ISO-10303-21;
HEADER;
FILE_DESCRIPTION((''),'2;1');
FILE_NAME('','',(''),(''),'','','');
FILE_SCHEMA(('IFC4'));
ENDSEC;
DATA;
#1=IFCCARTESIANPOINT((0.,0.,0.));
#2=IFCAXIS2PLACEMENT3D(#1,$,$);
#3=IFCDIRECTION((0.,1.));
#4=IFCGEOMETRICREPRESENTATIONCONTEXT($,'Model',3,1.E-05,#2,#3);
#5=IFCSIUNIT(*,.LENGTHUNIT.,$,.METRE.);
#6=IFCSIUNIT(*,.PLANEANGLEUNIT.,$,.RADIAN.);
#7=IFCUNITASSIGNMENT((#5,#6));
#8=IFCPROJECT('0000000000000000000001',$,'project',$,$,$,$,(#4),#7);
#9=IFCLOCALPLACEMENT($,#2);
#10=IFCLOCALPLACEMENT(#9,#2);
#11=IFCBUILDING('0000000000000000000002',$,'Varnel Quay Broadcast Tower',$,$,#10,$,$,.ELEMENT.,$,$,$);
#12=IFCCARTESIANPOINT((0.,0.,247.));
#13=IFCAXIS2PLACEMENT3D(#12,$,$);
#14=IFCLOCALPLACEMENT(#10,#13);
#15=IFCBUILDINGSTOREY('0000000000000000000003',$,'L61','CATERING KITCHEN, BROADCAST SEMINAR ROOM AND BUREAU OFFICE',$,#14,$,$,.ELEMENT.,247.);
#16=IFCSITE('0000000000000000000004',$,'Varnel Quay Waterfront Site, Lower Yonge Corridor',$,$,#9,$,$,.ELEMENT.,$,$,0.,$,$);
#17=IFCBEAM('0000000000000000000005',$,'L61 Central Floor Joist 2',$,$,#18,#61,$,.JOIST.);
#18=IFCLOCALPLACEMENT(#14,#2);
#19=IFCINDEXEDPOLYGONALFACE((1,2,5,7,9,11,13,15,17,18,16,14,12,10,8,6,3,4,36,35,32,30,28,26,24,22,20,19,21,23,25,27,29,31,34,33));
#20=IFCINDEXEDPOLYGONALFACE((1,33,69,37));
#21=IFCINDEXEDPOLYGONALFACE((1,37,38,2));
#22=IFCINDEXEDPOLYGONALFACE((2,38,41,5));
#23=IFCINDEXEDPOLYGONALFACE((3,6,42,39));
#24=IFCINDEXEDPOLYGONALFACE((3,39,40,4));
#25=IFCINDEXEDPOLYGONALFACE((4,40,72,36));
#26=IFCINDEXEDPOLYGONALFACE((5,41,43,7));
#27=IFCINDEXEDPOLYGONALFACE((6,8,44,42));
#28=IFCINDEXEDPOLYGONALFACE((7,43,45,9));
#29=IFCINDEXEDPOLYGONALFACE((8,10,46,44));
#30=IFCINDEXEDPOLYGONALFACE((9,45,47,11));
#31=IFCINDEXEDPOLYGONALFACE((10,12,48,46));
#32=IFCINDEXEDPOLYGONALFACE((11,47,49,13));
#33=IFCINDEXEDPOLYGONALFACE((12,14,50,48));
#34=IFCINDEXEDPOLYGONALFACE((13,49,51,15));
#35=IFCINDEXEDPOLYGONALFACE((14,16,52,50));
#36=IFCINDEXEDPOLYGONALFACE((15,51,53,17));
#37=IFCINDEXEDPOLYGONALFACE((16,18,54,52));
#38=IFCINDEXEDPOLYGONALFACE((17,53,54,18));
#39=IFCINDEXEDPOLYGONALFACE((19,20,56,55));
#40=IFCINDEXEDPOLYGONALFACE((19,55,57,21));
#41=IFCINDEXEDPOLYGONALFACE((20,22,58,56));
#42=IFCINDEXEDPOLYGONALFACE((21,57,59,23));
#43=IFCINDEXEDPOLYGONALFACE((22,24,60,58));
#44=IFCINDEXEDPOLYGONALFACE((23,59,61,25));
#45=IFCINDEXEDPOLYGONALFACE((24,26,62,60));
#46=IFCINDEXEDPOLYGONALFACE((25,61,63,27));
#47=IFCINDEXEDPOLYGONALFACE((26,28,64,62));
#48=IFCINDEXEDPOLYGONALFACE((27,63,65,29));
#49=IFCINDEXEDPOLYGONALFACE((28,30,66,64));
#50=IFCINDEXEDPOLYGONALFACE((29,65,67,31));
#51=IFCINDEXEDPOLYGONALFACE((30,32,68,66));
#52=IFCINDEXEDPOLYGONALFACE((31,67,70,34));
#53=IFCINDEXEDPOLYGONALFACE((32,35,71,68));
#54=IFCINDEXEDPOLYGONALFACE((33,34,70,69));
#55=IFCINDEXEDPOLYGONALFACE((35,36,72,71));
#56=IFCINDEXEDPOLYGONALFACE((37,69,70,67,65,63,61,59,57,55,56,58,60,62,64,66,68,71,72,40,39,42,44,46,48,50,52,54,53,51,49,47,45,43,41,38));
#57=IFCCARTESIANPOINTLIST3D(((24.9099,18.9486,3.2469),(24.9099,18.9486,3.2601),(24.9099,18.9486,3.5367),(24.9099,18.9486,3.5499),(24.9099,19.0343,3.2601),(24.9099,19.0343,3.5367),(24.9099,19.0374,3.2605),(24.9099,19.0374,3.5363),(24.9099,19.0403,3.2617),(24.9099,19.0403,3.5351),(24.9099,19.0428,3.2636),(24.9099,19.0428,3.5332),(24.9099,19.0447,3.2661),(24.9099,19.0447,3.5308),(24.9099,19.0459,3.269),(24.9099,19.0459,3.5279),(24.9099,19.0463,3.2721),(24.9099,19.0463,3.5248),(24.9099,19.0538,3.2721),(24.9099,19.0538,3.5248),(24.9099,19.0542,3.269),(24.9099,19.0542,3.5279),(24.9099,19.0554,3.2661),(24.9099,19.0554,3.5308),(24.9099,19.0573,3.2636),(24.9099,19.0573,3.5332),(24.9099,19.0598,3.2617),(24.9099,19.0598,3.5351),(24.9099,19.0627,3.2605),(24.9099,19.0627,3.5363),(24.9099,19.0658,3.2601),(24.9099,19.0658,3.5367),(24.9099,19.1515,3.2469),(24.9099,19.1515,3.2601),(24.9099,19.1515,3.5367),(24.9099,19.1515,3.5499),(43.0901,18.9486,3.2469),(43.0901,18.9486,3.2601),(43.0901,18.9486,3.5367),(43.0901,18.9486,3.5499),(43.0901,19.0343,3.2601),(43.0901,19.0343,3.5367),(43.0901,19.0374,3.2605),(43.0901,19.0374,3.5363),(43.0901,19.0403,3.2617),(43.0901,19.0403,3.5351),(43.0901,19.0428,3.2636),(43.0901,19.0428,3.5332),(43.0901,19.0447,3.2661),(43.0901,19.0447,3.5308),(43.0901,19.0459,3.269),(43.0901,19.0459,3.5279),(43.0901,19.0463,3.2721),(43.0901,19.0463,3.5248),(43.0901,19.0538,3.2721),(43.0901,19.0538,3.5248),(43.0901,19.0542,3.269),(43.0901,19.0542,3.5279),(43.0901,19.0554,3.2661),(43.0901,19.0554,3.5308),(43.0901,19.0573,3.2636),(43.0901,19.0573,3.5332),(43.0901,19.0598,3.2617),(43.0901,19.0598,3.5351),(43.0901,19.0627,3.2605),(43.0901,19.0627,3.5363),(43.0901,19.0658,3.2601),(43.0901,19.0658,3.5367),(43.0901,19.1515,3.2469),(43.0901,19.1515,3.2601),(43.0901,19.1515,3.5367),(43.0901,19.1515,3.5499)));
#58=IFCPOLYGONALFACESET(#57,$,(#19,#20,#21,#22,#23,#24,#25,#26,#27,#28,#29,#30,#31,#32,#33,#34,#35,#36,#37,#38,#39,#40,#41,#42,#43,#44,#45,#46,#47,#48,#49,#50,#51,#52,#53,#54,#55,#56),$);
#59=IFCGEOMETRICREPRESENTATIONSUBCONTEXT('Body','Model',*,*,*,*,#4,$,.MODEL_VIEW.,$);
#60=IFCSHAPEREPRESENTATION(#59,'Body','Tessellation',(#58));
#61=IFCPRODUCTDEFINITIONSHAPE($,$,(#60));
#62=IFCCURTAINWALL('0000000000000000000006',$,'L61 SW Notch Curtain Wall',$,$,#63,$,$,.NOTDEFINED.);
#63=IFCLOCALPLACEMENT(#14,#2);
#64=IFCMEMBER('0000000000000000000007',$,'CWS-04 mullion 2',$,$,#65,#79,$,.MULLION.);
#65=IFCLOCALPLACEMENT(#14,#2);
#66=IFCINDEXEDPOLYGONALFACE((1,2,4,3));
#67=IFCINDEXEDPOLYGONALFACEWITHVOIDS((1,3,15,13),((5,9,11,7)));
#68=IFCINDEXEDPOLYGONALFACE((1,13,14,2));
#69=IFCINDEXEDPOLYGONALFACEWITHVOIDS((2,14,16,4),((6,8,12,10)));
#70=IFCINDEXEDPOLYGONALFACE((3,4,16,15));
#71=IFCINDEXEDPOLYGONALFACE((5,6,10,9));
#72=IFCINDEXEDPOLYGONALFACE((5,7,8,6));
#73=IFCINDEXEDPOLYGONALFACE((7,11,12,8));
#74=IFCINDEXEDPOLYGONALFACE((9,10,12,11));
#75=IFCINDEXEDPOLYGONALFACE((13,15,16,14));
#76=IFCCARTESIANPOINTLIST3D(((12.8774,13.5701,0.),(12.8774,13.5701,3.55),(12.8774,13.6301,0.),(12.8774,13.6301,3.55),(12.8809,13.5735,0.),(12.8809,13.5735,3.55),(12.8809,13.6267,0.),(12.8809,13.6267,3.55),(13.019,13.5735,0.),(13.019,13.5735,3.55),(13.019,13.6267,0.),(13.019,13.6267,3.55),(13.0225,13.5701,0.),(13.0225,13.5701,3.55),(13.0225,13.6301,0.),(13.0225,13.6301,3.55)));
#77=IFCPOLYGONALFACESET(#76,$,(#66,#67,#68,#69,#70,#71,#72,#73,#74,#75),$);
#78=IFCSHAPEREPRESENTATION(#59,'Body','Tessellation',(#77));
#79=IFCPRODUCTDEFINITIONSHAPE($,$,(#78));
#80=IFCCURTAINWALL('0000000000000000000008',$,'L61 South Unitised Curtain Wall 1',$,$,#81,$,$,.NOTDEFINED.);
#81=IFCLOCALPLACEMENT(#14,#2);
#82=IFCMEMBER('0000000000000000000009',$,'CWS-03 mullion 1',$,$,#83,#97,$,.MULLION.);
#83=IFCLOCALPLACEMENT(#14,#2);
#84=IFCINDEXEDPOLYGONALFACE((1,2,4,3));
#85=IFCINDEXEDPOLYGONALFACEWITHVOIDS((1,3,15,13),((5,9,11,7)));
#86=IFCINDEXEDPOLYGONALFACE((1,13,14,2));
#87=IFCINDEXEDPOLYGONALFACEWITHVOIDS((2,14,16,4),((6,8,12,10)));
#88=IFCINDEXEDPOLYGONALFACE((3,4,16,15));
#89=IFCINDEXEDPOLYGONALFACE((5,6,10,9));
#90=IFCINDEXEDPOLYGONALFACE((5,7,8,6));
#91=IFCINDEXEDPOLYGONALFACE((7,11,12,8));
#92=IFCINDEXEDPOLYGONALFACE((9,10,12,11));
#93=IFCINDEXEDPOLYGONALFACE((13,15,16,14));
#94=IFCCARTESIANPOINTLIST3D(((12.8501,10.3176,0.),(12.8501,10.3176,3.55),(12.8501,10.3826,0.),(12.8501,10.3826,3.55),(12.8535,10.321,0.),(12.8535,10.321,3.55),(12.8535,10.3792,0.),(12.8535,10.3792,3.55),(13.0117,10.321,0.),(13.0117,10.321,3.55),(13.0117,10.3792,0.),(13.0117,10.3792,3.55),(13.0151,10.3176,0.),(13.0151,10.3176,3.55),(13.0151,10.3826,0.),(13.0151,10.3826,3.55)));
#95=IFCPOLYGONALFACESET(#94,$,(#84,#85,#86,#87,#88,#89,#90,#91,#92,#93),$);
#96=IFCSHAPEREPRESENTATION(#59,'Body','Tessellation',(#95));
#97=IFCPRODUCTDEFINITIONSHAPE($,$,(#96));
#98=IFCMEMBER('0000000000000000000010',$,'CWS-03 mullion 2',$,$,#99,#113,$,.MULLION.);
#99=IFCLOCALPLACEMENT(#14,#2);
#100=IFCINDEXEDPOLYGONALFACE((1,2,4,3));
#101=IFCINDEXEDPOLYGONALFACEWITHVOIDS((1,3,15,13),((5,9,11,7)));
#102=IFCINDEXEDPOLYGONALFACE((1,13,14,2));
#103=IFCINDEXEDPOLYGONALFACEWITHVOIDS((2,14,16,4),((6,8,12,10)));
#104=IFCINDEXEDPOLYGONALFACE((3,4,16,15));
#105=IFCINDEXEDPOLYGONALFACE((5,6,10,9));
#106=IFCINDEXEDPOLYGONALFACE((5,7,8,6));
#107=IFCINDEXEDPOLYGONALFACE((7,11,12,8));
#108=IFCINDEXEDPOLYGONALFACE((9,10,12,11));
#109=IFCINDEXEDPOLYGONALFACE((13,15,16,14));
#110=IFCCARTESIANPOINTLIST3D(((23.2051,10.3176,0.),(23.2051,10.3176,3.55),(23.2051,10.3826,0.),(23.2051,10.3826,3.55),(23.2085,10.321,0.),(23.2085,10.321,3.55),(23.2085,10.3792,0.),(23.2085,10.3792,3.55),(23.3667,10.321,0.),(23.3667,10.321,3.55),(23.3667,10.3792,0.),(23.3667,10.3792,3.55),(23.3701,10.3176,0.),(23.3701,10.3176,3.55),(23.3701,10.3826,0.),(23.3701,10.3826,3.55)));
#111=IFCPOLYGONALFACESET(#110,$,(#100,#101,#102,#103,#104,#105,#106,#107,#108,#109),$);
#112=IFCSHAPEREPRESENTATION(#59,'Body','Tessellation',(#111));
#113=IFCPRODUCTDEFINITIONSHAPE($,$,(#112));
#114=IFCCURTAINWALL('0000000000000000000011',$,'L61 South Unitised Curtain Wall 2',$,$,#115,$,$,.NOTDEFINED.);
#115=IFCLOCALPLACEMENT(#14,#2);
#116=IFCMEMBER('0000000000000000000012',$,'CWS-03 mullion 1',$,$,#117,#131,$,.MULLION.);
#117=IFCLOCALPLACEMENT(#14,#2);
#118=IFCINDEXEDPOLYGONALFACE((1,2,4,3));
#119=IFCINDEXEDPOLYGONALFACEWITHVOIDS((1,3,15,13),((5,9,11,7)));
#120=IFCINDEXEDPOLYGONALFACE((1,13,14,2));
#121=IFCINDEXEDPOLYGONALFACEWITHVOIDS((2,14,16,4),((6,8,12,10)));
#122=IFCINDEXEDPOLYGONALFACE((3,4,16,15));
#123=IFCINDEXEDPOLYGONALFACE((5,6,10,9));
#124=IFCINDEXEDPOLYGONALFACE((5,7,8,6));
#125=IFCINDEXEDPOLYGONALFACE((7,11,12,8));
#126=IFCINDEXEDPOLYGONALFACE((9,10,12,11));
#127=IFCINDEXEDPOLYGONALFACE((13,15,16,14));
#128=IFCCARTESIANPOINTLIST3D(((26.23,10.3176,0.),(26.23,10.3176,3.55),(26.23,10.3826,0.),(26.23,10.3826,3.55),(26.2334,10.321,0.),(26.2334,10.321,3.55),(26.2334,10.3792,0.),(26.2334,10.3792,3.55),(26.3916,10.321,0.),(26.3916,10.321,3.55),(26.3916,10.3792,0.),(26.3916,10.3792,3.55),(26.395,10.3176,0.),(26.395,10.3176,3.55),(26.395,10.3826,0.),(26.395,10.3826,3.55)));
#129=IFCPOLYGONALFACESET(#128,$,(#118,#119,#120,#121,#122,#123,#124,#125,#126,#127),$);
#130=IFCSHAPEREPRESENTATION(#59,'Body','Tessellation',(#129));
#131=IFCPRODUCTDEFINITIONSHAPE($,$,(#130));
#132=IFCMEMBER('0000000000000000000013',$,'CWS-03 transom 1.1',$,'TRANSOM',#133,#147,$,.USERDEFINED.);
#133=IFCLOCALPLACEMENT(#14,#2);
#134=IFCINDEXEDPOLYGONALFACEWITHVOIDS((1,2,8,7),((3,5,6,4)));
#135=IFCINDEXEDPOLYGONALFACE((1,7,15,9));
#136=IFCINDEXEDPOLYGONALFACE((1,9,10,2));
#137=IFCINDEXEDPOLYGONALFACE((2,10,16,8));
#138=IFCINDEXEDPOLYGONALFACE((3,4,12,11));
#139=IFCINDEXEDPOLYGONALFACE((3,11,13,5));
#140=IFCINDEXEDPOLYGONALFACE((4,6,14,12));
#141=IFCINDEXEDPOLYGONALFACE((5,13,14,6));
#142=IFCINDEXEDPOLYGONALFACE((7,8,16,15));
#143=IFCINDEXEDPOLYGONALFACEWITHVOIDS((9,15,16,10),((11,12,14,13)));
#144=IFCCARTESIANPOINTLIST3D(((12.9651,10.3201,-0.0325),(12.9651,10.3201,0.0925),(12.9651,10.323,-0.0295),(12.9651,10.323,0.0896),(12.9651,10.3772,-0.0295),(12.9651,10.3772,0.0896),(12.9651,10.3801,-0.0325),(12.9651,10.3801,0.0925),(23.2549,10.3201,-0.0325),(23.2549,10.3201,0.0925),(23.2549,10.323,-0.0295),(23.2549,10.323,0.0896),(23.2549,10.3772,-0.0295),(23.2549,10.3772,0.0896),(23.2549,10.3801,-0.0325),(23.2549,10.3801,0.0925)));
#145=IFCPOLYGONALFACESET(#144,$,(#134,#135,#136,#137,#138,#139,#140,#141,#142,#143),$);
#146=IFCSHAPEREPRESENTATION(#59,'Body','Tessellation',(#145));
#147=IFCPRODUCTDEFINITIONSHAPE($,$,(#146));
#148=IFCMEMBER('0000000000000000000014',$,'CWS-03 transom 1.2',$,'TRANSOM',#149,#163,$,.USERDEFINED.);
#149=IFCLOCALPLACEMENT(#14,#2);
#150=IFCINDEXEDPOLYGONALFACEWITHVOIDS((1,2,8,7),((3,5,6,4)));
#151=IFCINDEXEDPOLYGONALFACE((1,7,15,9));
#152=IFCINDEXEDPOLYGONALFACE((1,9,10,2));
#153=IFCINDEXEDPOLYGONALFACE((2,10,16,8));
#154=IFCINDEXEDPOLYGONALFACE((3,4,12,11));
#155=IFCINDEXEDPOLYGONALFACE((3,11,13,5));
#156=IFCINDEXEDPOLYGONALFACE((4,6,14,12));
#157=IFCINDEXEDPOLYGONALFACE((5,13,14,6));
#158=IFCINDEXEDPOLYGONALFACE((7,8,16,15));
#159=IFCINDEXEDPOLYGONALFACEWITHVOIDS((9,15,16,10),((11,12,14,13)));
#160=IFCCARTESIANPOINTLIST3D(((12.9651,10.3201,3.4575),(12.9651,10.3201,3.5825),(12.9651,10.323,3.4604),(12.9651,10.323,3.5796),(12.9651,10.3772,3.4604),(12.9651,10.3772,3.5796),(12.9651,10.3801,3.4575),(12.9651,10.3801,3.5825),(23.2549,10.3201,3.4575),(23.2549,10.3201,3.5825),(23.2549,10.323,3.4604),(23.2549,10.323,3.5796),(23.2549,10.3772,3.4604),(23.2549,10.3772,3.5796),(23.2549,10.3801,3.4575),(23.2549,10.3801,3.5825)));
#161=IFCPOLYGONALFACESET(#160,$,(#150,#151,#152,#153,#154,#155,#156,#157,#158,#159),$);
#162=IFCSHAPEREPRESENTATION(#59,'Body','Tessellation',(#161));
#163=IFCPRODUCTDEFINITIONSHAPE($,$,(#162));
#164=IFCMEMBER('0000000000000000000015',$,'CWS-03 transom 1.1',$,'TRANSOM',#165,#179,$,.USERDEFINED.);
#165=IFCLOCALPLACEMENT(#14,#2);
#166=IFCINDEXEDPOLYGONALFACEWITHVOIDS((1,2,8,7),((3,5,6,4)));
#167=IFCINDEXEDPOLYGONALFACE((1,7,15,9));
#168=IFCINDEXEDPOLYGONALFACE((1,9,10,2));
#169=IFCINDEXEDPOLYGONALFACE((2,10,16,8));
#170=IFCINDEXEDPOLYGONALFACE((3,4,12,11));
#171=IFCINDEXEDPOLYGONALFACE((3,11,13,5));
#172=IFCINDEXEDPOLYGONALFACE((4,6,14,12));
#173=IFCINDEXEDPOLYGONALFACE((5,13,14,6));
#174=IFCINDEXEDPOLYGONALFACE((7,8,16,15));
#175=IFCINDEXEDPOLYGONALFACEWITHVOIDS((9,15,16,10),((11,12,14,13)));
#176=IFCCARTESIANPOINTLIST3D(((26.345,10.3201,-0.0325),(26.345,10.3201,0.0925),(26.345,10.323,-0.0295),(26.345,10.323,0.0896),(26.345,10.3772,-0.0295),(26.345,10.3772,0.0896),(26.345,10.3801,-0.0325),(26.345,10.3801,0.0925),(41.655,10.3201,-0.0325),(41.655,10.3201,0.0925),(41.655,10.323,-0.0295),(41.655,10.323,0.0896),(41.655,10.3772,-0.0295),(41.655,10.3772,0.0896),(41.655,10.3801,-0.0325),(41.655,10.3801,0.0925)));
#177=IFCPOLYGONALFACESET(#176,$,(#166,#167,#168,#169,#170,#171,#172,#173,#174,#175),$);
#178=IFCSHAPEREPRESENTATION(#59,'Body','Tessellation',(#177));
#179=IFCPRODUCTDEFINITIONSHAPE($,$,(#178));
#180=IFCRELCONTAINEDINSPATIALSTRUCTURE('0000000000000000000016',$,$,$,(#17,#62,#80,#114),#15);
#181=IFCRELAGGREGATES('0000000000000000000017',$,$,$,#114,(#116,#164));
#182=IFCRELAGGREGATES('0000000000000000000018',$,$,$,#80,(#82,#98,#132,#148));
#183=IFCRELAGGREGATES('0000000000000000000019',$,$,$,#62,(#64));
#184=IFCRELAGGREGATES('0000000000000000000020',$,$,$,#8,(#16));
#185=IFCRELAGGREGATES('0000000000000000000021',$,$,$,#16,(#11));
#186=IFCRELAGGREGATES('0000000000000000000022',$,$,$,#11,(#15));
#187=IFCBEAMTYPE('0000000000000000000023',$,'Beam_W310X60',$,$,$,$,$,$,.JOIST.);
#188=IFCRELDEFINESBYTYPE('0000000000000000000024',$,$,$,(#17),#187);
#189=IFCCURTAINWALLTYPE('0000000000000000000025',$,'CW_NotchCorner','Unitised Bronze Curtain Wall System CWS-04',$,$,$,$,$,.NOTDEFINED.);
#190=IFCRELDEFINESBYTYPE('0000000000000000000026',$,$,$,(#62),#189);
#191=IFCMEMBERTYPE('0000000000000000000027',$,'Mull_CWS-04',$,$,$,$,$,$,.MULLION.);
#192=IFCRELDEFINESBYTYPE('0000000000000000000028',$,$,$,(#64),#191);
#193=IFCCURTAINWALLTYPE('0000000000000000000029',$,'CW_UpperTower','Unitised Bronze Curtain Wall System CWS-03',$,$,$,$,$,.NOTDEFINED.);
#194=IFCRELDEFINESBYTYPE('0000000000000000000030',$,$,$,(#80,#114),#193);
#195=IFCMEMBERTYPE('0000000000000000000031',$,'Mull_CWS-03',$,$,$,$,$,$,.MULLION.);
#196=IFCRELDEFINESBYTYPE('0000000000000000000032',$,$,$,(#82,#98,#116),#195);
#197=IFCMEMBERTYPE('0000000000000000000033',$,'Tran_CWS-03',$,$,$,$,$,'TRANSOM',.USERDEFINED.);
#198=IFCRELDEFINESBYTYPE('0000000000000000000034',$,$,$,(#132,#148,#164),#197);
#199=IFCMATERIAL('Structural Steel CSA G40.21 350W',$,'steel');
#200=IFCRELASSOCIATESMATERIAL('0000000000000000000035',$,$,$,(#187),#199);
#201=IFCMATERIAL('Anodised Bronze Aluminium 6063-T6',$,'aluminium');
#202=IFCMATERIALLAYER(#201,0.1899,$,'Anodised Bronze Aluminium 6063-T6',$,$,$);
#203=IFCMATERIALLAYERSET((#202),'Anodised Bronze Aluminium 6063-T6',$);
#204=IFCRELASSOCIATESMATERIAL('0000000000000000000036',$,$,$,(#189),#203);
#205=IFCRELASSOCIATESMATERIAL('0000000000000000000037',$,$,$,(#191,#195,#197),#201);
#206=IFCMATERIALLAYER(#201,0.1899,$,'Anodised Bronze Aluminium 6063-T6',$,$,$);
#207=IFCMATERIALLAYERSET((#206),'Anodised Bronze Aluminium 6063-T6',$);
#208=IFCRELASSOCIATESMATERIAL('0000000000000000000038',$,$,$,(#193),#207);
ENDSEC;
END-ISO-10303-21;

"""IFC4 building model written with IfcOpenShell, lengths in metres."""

from ifc_helpers import new_model, si_unit, direction, frame, origin, origin_2d, place, context, subcontext, project, spatial, hollow_rectangle, i_section, extrude, source, transform, mapped, material, layer, layer_set, material_profile, profile_set, type_object, type_shapes, element, aggregate, save


model = new_model("IFC4")

# Units and contexts
model_context = context("Model", 3, precision=1e-05, world=origin(), true_north=direction((0.0, 1.0)))
body_context = subcontext(model_context, "Body", "Model", "MODEL_VIEW")
ifc_project = project(units=[si_unit("LENGTHUNIT", "METRE"), si_unit("PLANEANGLEUNIT", "RADIAN")], contexts=[model_context])

# Site, building, storey
site_placement = place(None, origin())
site = spatial("IfcSite", under=ifc_project, at=site_placement, Name="Varnel Quay Waterfront Site, Lower Yonge Corridor", CompositionType="ELEMENT", RefElevation=0.0)
building_placement = place(site_placement, origin())
building = spatial("IfcBuilding", under=site, at=building_placement, Name="Varnel Quay Broadcast Tower", CompositionType="ELEMENT")
storey_placement = place(building_placement, frame((0.0, 0.0, 247.0)))
storey = spatial("IfcBuildingStorey", under=building, at=storey_placement, Name="L61", Description="CATERING KITCHEN, BROADCAST SEMINAR ROOM AND BUREAU OFFICE", CompositionType="ELEMENT", Elevation=247.0)

# Shared definitions
ifc_material_1 = material(Name="Structural Steel CSA G40.21 350W", Category="steel")

# Beam
ifc_material_profile_1 = material_profile(ifc_material_1, i_section(OverallWidth=0.2029, OverallDepth=0.303, WebThickness=0.0076, FlangeThickness=0.0132, FilletRadius=0.012, at=origin_2d()), Name="W310X60")
ifc_profile_set_1 = profile_set([ifc_material_profile_1], Name="Structural Steel CSA G40.21 350W")
beam_type_1 = type_object("IfcBeamType", Name="Beam_W310X60", PredefinedType="JOIST", material=ifc_profile_set_1)
shared_shape_1 = source(origin(), body_context, "Body", "SweptSolid", [
    extrude(i_section(OverallWidth=0.2029, OverallDepth=0.303, WebThickness=0.0076, FlangeThickness=0.0132, FilletRadius=0.012, at=origin_2d()), origin(), (0.0, 0.0, 1.0), 18.1802),
])
type_shapes(beam_type_1, [shared_shape_1])
beam_1_placement = place(storey_placement, frame((24.9099, 19.05, 3.3984), z_axis=(1.0, 0.0, 0.0), x_axis=(0.0, 1.0, 0.0)))
element("IfcBeam", 1, at=beam_1_placement, inside=storey, type_object=beam_type_1, Name="L61 Central Floor Joist 2", PredefinedType="JOIST", context=body_context, shape_type="MappedRepresentation", body=[
    mapped(shared_shape_1, transform((0.0, 0.0, 0.0), x_axis=(1.0, 0.0, 0.0), y_axis=(0.0, 1.0, 0.0), z_axis=(0.0, 0.0, 1.0), scale=1.0)),
])

# Curtain wall, member
ifc_material_2 = material(Name="Anodised Bronze Aluminium 6063-T6", Category="aluminium")
ifc_layer_1 = layer(ifc_material_2, 0.1899, Name="Anodised Bronze Aluminium 6063-T6")
ifc_layer_set_1 = layer_set([ifc_layer_1], Name="Anodised Bronze Aluminium 6063-T6")
curtain_wall_type_1 = type_object("IfcCurtainWallType", Name="CW_NotchCorner", Description="Unitised Bronze Curtain Wall System CWS-04", PredefinedType="NOTDEFINED", material=ifc_layer_set_1)
curtain_wall_1_placement = place(storey_placement, origin())
curtain_wall_1 = element("IfcCurtainWall", 2, at=curtain_wall_1_placement, inside=storey, type_object=curtain_wall_type_1, Name="L61 SW Notch Curtain Wall", PredefinedType="NOTDEFINED")
ifc_material_profile_2 = material_profile(ifc_material_2, hollow_rectangle(XDim=0.0601, YDim=0.145, WallThickness=0.0034, at=origin_2d()), Name="ALU60X145X3.5")
ifc_profile_set_2 = profile_set([ifc_material_profile_2], Name="Anodised Bronze Aluminium 6063-T6")
member_type_1 = type_object("IfcMemberType", Name="Mull_CWS-04", PredefinedType="MULLION", material=ifc_profile_set_2)
shared_shape_2 = source(origin(), body_context, "Body", "SweptSolid", [
    extrude(hollow_rectangle(XDim=0.0601, YDim=0.145, WallThickness=0.0034, at=origin_2d()), origin(), (0.0, 0.0, 1.0), 3.55),
])
type_shapes(member_type_1, [shared_shape_2])
member_1_placement = place(storey_placement, frame((12.95, 13.6001, 0.0), z_axis=(0.0, 0.0, 1.0), x_axis=(0.0, 1.0, 0.0)))
member_1 = element("IfcMember", 3, at=member_1_placement, type_object=member_type_1, Name="CWS-04 mullion 2", PredefinedType="MULLION", context=body_context, shape_type="MappedRepresentation", body=[
    mapped(shared_shape_2, transform((0.0, 0.0, 0.0), x_axis=(1.0, 0.0, 0.0), y_axis=(0.0, 1.0, 0.0), z_axis=(0.0, 0.0, 1.0), scale=1.0)),
])

# Curtain wall, members
ifc_layer_2 = layer(ifc_material_2, 0.1899, Name="Anodised Bronze Aluminium 6063-T6")
ifc_layer_set_2 = layer_set([ifc_layer_2], Name="Anodised Bronze Aluminium 6063-T6")
curtain_wall_type_2 = type_object("IfcCurtainWallType", Name="CW_UpperTower", Description="Unitised Bronze Curtain Wall System CWS-03", PredefinedType="NOTDEFINED", material=ifc_layer_set_2)
curtain_wall_2_placement = place(storey_placement, origin())
curtain_wall_2 = element("IfcCurtainWall", 4, at=curtain_wall_2_placement, inside=storey, type_object=curtain_wall_type_2, Name="L61 South Unitised Curtain Wall 1", PredefinedType="NOTDEFINED")
ifc_material_profile_3 = material_profile(ifc_material_2, hollow_rectangle(XDim=0.0649, YDim=0.165, WallThickness=0.0034, at=origin_2d()), Name="ALU65X165X3.5")
ifc_profile_set_3 = profile_set([ifc_material_profile_3], Name="Anodised Bronze Aluminium 6063-T6")
member_type_2 = type_object("IfcMemberType", Name="Mull_CWS-03", PredefinedType="MULLION", material=ifc_profile_set_3)
shared_shape_3 = source(origin(), body_context, "Body", "SweptSolid", [
    extrude(hollow_rectangle(XDim=0.0649, YDim=0.165, WallThickness=0.0034, at=origin_2d()), origin(), (0.0, 0.0, 1.0), 3.55),
])
type_shapes(member_type_2, [shared_shape_3])
member_2_placement = place(storey_placement, frame((12.9326, 10.3501, 0.0), z_axis=(0.0, 0.0, 1.0), x_axis=(0.0, 1.0, 0.0)))
member_2 = element("IfcMember", 5, at=member_2_placement, type_object=member_type_2, Name="CWS-03 mullion 1", PredefinedType="MULLION", context=body_context, shape_type="MappedRepresentation", body=[
    mapped(shared_shape_3, transform((0.0, 0.0, 0.0), x_axis=(1.0, 0.0, 0.0), y_axis=(0.0, 1.0, 0.0), z_axis=(0.0, 0.0, 1.0), scale=1.0)),
])
member_3_placement = place(storey_placement, frame((23.2876, 10.3501, 0.0), z_axis=(0.0, 0.0, 1.0), x_axis=(0.0, 1.0, 0.0)))
member_3 = element("IfcMember", 6, at=member_3_placement, type_object=member_type_2, Name="CWS-03 mullion 2", PredefinedType="MULLION", context=body_context, shape_type="MappedRepresentation", body=[
    mapped(shared_shape_3, transform((0.0, 0.0, 0.0), x_axis=(1.0, 0.0, 0.0), y_axis=(0.0, 1.0, 0.0), z_axis=(0.0, 0.0, 1.0), scale=1.0)),
])

# Curtain wall, member
curtain_wall_3_placement = place(storey_placement, origin())
curtain_wall_3 = element("IfcCurtainWall", 7, at=curtain_wall_3_placement, inside=storey, type_object=curtain_wall_type_2, Name="L61 South Unitised Curtain Wall 2", PredefinedType="NOTDEFINED")
member_4_placement = place(storey_placement, frame((26.3125, 10.3501, 0.0), z_axis=(0.0, 0.0, 1.0), x_axis=(0.0, 1.0, 0.0)))
member_4 = element("IfcMember", 8, at=member_4_placement, type_object=member_type_2, Name="CWS-03 mullion 1", PredefinedType="MULLION", context=body_context, shape_type="MappedRepresentation", body=[
    mapped(shared_shape_3, transform((0.0, 0.0, 0.0), x_axis=(1.0, 0.0, 0.0), y_axis=(0.0, 1.0, 0.0), z_axis=(0.0, 0.0, 1.0), scale=1.0)),
])

# Members
ifc_material_profile_4 = material_profile(ifc_material_2, hollow_rectangle(XDim=0.0601, YDim=0.125, WallThickness=0.0029, at=origin_2d()), Name="ALU60X125X3")
ifc_profile_set_4 = profile_set([ifc_material_profile_4], Name="Anodised Bronze Aluminium 6063-T6")
member_type_3 = type_object("IfcMemberType", Name="Tran_CWS-03", ElementType="TRANSOM", PredefinedType="USERDEFINED", material=ifc_profile_set_4)
shared_shape_4 = source(origin(), body_context, "Body", "SweptSolid", [
    extrude(hollow_rectangle(XDim=0.0601, YDim=0.125, WallThickness=0.0029, at=origin_2d()), origin(), (0.0, 0.0, 1.0), 10.2898),
])
member_5_placement = place(storey_placement, frame((12.9651, 10.3501, 0.03), z_axis=(1.0, 0.0, 0.0), x_axis=(0.0, 1.0, 0.0)))
member_5 = element("IfcMember", 9, at=member_5_placement, type_object=member_type_3, Name="CWS-03 transom 1.1", ObjectType="TRANSOM", PredefinedType="USERDEFINED", context=body_context, shape_type="MappedRepresentation", body=[
    mapped(shared_shape_4, transform((0.0, 0.0, 0.0), x_axis=(1.0, 0.0, 0.0), y_axis=(0.0, 1.0, 0.0), z_axis=(0.0, 0.0, 1.0), scale=1.0)),
])
member_6_placement = place(storey_placement, frame((12.9651, 10.3501, 3.52), z_axis=(1.0, 0.0, 0.0), x_axis=(0.0, 1.0, 0.0)))
member_6 = element("IfcMember", 10, at=member_6_placement, type_object=member_type_3, Name="CWS-03 transom 1.2", ObjectType="TRANSOM", PredefinedType="USERDEFINED", context=body_context, shape_type="MappedRepresentation", body=[
    mapped(shared_shape_4, transform((0.0, 0.0, 0.0), x_axis=(1.0, 0.0, 0.0), y_axis=(0.0, 1.0, 0.0), z_axis=(0.0, 0.0, 1.0), scale=1.0)),
])
shared_shape_5 = source(origin(), body_context, "Body", "SweptSolid", [
    extrude(hollow_rectangle(XDim=0.0601, YDim=0.125, WallThickness=0.0029, at=origin_2d()), origin(), (0.0, 0.0, 1.0), 15.3101),
])
type_shapes(member_type_3, [shared_shape_4, shared_shape_5])
member_7_placement = place(storey_placement, frame((26.345, 10.3501, 0.03), z_axis=(1.0, 0.0, 0.0), x_axis=(0.0, 1.0, 0.0)))
member_7 = element("IfcMember", 11, at=member_7_placement, type_object=member_type_3, Name="CWS-03 transom 1.1", ObjectType="TRANSOM", PredefinedType="USERDEFINED", context=body_context, shape_type="MappedRepresentation", body=[
    mapped(shared_shape_5, transform((0.0, 0.0, 0.0), x_axis=(1.0, 0.0, 0.0), y_axis=(0.0, 1.0, 0.0), z_axis=(0.0, 0.0, 1.0), scale=1.0)),
])
aggregate(curtain_wall_3, [member_4, member_7])

aggregate(curtain_wall_2, [member_2, member_3, member_5, member_6])
aggregate(curtain_wall_1, [member_1])

save(model, "model.ifc")
